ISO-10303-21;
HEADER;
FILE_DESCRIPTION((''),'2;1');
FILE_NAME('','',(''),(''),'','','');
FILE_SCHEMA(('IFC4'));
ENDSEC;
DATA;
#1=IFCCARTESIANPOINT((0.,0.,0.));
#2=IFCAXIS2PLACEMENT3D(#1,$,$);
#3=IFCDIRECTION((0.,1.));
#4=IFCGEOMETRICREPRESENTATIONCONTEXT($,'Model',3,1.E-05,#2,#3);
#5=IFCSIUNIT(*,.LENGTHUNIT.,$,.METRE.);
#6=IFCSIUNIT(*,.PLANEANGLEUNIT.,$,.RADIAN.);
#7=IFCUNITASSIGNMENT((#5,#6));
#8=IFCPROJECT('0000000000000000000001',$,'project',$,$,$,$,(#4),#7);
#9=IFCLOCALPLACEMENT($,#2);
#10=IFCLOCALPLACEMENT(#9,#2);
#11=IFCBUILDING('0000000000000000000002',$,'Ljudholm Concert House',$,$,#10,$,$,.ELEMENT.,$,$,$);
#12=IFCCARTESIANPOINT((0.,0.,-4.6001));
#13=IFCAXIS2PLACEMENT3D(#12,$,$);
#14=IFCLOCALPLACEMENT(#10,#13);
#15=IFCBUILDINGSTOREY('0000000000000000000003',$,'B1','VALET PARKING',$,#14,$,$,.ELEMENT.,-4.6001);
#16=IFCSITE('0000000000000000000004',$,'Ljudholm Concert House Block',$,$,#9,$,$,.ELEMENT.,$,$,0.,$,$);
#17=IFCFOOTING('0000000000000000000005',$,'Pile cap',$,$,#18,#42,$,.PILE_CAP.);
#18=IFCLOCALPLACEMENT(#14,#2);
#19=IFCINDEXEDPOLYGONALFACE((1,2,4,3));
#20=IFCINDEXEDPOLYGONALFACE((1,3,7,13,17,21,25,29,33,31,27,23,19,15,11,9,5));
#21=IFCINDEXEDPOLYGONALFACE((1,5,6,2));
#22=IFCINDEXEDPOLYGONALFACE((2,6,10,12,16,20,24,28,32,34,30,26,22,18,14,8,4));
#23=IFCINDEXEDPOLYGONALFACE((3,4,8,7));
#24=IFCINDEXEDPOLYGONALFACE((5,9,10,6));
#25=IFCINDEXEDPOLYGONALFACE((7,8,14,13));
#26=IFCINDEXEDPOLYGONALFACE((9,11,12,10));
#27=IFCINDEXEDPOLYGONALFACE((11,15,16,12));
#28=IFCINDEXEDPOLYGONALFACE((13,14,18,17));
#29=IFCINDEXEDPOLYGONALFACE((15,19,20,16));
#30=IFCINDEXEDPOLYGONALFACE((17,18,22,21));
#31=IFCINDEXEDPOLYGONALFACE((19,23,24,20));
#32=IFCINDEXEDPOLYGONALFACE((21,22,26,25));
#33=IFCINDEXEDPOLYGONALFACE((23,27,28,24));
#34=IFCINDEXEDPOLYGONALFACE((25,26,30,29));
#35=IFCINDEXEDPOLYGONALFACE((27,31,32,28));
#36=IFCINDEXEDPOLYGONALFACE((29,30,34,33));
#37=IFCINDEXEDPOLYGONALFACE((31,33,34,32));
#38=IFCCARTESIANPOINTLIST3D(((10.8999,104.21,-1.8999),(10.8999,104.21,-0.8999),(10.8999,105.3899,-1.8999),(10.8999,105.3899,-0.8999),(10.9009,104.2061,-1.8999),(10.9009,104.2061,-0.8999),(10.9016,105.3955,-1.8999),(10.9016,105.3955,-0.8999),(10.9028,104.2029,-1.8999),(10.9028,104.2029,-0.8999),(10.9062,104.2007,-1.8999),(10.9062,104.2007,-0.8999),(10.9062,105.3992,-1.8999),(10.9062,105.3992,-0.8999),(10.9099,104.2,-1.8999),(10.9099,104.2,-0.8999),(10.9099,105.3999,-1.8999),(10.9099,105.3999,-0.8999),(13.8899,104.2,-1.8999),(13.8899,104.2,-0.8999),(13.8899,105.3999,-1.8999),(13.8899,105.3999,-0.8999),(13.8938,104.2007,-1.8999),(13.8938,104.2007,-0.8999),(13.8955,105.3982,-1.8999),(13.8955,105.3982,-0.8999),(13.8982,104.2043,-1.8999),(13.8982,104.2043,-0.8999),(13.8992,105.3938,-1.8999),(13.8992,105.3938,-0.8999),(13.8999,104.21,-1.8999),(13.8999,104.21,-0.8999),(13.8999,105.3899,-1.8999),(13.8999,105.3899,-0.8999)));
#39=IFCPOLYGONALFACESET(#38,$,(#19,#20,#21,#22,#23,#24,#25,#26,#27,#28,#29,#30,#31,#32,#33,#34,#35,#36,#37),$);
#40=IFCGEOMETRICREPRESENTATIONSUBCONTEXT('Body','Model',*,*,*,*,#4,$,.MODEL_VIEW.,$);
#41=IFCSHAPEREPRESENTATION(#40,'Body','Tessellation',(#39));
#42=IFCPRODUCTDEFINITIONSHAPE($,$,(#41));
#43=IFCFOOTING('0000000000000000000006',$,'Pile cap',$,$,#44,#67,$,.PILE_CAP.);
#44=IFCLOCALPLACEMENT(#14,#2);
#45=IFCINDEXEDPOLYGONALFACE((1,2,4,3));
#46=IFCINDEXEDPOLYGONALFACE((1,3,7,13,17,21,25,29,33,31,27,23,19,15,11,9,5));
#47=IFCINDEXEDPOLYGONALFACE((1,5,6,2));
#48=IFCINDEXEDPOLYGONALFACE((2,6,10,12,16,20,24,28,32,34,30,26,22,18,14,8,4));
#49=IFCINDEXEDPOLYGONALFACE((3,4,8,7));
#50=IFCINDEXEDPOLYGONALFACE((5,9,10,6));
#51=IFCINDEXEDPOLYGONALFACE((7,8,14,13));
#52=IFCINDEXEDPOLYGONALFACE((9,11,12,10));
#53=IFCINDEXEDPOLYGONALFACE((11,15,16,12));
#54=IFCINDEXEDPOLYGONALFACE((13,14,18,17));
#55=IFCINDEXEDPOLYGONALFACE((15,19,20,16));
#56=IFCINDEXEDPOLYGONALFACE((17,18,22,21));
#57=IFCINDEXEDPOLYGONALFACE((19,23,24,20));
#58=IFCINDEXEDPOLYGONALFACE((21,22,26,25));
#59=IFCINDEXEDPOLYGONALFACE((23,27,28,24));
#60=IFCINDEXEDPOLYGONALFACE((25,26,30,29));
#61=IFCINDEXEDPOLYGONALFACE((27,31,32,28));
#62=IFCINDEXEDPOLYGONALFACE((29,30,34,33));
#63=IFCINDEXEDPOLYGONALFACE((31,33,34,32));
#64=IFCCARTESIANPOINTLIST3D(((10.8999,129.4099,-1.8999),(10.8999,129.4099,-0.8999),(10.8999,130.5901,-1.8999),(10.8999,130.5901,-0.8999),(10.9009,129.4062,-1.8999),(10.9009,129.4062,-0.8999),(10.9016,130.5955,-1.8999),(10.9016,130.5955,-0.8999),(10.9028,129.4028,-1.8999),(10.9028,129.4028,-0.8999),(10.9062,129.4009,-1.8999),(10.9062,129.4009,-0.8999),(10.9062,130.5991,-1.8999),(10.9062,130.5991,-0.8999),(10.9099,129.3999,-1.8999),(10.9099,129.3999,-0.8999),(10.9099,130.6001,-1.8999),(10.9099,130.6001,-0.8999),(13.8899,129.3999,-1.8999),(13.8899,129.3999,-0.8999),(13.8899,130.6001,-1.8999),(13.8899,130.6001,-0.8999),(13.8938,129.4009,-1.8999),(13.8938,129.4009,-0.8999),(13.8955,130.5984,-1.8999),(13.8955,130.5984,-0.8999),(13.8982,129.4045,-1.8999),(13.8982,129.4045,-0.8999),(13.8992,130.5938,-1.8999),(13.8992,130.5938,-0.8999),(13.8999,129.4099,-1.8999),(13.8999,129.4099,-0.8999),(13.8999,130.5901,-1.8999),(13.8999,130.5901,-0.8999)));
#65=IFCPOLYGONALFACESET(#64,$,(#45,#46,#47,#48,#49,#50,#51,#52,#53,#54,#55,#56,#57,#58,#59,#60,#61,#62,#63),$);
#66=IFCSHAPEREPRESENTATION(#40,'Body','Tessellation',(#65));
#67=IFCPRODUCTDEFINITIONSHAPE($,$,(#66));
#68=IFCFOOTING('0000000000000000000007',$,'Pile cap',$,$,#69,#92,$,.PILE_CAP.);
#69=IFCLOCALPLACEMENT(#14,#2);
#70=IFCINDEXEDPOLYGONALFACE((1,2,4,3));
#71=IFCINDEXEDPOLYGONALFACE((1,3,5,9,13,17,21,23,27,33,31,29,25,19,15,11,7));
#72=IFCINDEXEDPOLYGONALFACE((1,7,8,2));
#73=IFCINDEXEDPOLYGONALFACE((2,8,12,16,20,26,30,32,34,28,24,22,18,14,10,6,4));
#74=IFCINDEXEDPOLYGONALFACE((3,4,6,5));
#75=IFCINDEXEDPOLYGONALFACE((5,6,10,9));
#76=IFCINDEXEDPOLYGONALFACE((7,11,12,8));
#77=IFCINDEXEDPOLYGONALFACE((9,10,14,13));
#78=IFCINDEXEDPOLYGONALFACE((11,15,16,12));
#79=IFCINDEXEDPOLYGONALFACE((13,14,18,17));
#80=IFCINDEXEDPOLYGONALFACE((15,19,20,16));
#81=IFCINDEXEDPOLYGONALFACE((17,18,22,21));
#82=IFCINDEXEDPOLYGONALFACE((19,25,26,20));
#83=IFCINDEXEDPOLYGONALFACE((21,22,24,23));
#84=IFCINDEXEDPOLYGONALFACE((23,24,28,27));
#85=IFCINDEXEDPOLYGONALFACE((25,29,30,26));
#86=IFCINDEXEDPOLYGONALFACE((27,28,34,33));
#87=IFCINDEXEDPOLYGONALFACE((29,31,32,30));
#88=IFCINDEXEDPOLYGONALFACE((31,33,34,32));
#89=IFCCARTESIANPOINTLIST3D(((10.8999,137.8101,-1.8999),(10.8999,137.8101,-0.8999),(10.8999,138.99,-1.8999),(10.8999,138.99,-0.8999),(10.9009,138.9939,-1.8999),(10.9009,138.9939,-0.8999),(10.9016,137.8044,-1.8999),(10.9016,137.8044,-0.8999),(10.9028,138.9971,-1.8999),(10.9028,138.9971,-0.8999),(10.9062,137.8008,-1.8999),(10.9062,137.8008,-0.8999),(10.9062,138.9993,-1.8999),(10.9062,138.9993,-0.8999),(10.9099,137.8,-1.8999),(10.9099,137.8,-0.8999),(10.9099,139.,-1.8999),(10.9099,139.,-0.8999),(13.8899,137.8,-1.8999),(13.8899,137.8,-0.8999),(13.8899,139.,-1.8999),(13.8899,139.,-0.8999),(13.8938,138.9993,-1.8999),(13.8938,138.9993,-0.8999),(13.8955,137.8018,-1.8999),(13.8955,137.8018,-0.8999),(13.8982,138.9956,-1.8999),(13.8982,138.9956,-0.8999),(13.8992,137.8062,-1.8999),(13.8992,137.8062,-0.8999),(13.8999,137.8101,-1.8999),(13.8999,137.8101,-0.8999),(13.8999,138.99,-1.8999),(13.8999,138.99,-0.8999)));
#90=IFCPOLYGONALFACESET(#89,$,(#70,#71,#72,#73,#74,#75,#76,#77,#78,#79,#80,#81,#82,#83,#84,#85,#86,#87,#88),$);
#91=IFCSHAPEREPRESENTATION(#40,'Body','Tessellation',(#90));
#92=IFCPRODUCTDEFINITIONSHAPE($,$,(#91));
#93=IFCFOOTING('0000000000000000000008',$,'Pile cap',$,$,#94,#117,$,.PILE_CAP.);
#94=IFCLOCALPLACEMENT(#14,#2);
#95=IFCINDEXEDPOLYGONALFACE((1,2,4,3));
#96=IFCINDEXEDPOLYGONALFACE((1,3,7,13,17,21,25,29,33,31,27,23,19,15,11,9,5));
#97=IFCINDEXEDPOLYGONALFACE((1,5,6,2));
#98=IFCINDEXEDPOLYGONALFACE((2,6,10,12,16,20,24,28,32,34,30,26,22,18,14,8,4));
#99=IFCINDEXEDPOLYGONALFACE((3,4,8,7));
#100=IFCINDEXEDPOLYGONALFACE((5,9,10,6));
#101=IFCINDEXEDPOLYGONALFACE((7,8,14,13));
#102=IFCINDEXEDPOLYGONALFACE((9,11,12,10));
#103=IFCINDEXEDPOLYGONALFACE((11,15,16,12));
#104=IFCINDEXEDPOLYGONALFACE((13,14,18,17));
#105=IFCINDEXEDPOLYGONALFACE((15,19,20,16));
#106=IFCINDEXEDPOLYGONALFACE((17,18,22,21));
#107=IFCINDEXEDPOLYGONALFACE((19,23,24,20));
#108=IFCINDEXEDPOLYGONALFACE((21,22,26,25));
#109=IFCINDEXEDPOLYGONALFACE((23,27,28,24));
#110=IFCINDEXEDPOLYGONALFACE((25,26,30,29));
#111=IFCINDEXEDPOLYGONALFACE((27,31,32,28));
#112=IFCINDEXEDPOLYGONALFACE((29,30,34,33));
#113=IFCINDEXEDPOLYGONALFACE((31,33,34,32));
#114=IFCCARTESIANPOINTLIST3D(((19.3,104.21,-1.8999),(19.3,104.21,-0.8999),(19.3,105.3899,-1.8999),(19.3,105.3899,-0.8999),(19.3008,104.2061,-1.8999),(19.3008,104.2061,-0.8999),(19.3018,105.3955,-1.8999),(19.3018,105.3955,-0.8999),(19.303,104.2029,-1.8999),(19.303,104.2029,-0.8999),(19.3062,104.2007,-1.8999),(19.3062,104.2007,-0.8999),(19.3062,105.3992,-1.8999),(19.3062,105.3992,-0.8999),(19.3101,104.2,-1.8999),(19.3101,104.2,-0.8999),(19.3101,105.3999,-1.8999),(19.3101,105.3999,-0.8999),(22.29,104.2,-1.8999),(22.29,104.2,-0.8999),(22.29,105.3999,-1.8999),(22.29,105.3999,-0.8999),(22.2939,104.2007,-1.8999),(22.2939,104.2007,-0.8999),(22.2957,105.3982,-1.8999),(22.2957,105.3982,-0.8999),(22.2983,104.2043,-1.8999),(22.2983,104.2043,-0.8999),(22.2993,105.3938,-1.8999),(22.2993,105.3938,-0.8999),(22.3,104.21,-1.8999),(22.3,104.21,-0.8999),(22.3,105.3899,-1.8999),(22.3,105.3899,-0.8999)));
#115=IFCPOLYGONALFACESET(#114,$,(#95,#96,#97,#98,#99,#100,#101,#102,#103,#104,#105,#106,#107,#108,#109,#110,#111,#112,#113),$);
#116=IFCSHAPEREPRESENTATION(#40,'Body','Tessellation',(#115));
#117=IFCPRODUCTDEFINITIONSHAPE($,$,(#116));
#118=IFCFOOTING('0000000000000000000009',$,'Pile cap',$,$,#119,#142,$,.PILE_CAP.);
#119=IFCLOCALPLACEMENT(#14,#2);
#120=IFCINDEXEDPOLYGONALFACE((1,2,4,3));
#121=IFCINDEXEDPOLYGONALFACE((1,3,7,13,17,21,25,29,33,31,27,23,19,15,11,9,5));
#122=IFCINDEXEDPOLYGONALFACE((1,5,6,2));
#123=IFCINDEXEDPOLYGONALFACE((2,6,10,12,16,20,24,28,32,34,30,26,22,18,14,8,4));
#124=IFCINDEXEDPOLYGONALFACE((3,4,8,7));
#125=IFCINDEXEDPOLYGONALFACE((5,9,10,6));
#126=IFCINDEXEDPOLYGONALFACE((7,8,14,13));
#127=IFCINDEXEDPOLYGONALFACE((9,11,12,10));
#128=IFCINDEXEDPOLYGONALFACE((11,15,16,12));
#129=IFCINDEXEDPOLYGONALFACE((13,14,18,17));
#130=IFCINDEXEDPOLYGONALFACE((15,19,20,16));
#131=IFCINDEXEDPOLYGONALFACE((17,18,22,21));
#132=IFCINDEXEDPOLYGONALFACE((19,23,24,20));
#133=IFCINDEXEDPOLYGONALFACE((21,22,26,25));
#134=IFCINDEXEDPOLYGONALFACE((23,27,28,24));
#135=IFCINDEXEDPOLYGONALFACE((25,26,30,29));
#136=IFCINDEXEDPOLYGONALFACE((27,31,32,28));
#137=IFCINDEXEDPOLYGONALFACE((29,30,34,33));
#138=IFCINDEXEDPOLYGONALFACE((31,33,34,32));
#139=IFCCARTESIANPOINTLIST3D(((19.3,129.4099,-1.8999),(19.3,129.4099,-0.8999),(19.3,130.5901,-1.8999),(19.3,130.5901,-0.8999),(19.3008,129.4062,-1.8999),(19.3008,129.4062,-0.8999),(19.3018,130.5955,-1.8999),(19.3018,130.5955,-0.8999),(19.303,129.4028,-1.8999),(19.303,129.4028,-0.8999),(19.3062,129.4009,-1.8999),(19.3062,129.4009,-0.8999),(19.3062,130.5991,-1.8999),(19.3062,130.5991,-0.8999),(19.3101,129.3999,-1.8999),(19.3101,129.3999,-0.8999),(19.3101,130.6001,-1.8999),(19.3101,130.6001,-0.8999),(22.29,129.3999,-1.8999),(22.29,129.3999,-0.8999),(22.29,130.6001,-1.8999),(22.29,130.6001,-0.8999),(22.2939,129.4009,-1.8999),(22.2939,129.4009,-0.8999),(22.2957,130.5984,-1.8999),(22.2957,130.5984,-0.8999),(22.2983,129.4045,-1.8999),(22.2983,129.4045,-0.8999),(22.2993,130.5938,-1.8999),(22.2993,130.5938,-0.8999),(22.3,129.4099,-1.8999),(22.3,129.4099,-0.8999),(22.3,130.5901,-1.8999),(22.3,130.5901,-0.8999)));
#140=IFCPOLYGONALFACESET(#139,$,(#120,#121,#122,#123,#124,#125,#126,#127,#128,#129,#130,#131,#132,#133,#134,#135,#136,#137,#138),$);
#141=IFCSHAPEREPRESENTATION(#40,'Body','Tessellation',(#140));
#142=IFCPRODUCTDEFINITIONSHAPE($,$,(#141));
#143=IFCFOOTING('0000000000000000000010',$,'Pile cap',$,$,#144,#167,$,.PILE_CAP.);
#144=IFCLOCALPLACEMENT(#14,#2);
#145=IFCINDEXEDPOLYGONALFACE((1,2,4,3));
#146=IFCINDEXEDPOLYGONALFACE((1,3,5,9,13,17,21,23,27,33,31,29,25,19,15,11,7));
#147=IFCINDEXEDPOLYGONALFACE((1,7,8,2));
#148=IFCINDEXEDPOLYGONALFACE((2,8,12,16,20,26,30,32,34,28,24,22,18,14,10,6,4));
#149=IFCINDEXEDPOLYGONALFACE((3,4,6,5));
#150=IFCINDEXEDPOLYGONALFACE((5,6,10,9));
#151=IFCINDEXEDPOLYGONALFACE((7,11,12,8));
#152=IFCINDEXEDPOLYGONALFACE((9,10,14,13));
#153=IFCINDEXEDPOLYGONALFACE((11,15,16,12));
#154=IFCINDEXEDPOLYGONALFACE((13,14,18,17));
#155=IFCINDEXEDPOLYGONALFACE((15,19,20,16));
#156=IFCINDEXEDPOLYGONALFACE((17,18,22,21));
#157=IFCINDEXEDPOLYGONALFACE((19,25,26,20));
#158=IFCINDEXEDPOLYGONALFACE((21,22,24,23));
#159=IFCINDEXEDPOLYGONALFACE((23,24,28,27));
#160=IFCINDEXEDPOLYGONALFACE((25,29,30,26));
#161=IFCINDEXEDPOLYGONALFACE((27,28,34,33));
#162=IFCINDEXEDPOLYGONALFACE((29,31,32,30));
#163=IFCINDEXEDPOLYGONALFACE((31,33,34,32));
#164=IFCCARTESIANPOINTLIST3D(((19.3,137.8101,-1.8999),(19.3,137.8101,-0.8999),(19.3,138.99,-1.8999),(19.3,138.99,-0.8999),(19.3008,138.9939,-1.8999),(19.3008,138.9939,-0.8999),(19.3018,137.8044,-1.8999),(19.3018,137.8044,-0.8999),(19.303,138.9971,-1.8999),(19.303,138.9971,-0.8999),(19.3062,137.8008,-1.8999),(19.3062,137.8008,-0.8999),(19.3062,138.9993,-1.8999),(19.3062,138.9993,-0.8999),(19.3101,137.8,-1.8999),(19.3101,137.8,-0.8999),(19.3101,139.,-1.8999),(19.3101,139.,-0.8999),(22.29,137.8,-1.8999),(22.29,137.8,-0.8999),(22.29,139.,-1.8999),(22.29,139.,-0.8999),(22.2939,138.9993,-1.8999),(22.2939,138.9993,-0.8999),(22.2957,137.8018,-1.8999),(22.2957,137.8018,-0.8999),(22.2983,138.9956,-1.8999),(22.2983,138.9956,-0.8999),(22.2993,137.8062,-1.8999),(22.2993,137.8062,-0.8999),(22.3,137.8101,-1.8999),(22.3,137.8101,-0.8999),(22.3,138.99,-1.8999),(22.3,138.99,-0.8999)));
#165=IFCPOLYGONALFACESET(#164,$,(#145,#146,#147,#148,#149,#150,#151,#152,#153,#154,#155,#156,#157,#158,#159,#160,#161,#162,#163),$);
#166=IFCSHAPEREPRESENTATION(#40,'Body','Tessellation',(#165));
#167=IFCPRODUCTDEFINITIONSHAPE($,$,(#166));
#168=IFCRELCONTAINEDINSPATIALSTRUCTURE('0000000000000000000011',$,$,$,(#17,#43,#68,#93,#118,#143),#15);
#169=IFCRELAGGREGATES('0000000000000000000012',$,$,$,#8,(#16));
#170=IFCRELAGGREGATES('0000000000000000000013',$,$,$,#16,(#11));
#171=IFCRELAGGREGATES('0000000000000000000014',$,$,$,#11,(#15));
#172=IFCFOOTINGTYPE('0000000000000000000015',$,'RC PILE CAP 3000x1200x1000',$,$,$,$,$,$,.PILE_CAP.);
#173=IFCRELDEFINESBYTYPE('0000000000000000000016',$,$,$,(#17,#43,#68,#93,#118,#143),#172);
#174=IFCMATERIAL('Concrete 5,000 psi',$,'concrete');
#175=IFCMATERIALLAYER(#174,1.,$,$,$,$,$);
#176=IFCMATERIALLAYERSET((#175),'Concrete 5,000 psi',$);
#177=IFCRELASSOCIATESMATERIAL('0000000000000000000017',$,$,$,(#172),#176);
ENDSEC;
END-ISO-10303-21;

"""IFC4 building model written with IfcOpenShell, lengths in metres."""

from ifc_helpers import new_model, si_unit, direction, frame, origin, place, context, subcontext, project, spatial, polyline, outline, extrude, material, layer, layer_set, type_object, element, save


model = new_model("IFC4")

# Units and contexts
model_context = context("Model", 3, precision=1e-05, world=origin(), true_north=direction((0.0, 1.0)))
body_context = subcontext(model_context, "Body", "Model", "MODEL_VIEW")
ifc_project = project(units=[si_unit("LENGTHUNIT", "METRE"), si_unit("PLANEANGLEUNIT", "RADIAN")], contexts=[model_context])

# Site, building, storey
site_placement = place(None, origin())
site = spatial("IfcSite", under=ifc_project, at=site_placement, Name="Ljudholm Concert House Block", CompositionType="ELEMENT", RefElevation=0.0)
building_placement = place(site_placement, origin())
building = spatial("IfcBuilding", under=site, at=building_placement, Name="Ljudholm Concert House", CompositionType="ELEMENT")
storey_placement = place(building_placement, frame((0.0, 0.0, -4.6001)))
storey = spatial("IfcBuildingStorey", under=building, at=storey_placement, Name="B1", Description="VALET PARKING", CompositionType="ELEMENT", Elevation=-4.6001)

# Footings
ifc_material_1 = material(Name="Concrete 5,000 psi", Category="concrete")
ifc_layer_1 = layer(ifc_material_1, 1.0)
ifc_layer_set_1 = layer_set([ifc_layer_1], Name="Concrete 5,000 psi")
footing_type_1 = type_object("IfcFootingType", Name="RC PILE CAP 3000x1200x1000", PredefinedType="PILE_CAP", material=ifc_layer_set_1)
footing_1_placement = place(storey_placement, frame((0.0, 0.0, -1.8999)))
element("IfcFooting", 1, at=footing_1_placement, inside=storey, type_object=footing_type_1, Name="Pile cap", PredefinedType="PILE_CAP", context=body_context, shape_type="SweptSolid", body=[
    extrude(outline(polyline([(10.9099, 104.2), (13.8899, 104.2), (13.8938, 104.2007), (13.8982, 104.2043), (13.8999, 104.21), (13.8999, 105.3899), (13.8992, 105.3938), (13.8955, 105.3982), (13.8899, 105.3999), (10.9099, 105.3999), (10.9062, 105.3992), (10.9016, 105.3955), (10.8999, 105.3899), (10.8999, 104.21), (10.9009, 104.2061), (10.9028, 104.2029), (10.9062, 104.2007), (10.9099, 104.2)])), origin(), (0.0, 0.0, 1.0), 1.0),
])
footing_2_placement = place(storey_placement, frame((0.0, 0.0, -1.8999)))
element("IfcFooting", 2, at=footing_2_placement, inside=storey, type_object=footing_type_1, Name="Pile cap", PredefinedType="PILE_CAP", context=body_context, shape_type="SweptSolid", body=[
    extrude(outline(polyline([(10.9099, 129.3999), (13.8899, 129.3999), (13.8938, 129.4009), (13.8982, 129.4045), (13.8999, 129.4099), (13.8999, 130.5901), (13.8992, 130.5938), (13.8955, 130.5984), (13.8899, 130.6001), (10.9099, 130.6001), (10.9062, 130.5991), (10.9016, 130.5955), (10.8999, 130.5901), (10.8999, 129.4099), (10.9009, 129.4062), (10.9028, 129.4028), (10.9062, 129.4009), (10.9099, 129.3999)])), origin(), (0.0, 0.0, 1.0), 1.0),
])
footing_3_placement = place(storey_placement, frame((0.0, 0.0, -1.8999)))
element("IfcFooting", 3, at=footing_3_placement, inside=storey, type_object=footing_type_1, Name="Pile cap", PredefinedType="PILE_CAP", context=body_context, shape_type="SweptSolid", body=[
    extrude(outline(polyline([(10.8999, 138.99), (10.8999, 137.8101), (10.9016, 137.8044), (10.9062, 137.8008), (10.9099, 137.8), (13.8899, 137.8), (13.8955, 137.8018), (13.8992, 137.8062), (13.8999, 137.8101), (13.8999, 138.99), (13.8982, 138.9956), (13.8938, 138.9993), (13.8899, 139.0), (10.9099, 139.0), (10.9062, 138.9993), (10.9028, 138.9971), (10.9009, 138.9939), (10.8999, 138.99)])), origin(), (0.0, 0.0, 1.0), 1.0),
])
footing_4_placement = place(storey_placement, frame((0.0, 0.0, -1.8999)))
element("IfcFooting", 4, at=footing_4_placement, inside=storey, type_object=footing_type_1, Name="Pile cap", PredefinedType="PILE_CAP", context=body_context, shape_type="SweptSolid", body=[
    extrude(outline(polyline([(19.3101, 104.2), (22.29, 104.2), (22.2939, 104.2007), (22.2983, 104.2043), (22.3, 104.21), (22.3, 105.3899), (22.2993, 105.3938), (22.2957, 105.3982), (22.29, 105.3999), (19.3101, 105.3999), (19.3062, 105.3992), (19.3018, 105.3955), (19.3, 105.3899), (19.3, 104.21), (19.3008, 104.2061), (19.303, 104.2029), (19.3062, 104.2007), (19.3101, 104.2)])), origin(), (0.0, 0.0, 1.0), 1.0),
])
footing_5_placement = place(storey_placement, frame((0.0, 0.0, -1.8999)))
element("IfcFooting", 5, at=footing_5_placement, inside=storey, type_object=footing_type_1, Name="Pile cap", PredefinedType="PILE_CAP", context=body_context, shape_type="SweptSolid", body=[
    extrude(outline(polyline([(19.3101, 129.3999), (22.29, 129.3999), (22.2939, 129.4009), (22.2983, 129.4045), (22.3, 129.4099), (22.3, 130.5901), (22.2993, 130.5938), (22.2957, 130.5984), (22.29, 130.6001), (19.3101, 130.6001), (19.3062, 130.5991), (19.3018, 130.5955), (19.3, 130.5901), (19.3, 129.4099), (19.3008, 129.4062), (19.303, 129.4028), (19.3062, 129.4009), (19.3101, 129.3999)])), origin(), (0.0, 0.0, 1.0), 1.0),
])
footing_6_placement = place(storey_placement, frame((0.0, 0.0, -1.8999)))
element("IfcFooting", 6, at=footing_6_placement, inside=storey, type_object=footing_type_1, Name="Pile cap", PredefinedType="PILE_CAP", context=body_context, shape_type="SweptSolid", body=[
    extrude(outline(polyline([(19.3, 138.99), (19.3, 137.8101), (19.3018, 137.8044), (19.3062, 137.8008), (19.3101, 137.8), (22.29, 137.8), (22.2957, 137.8018), (22.2993, 137.8062), (22.3, 137.8101), (22.3, 138.99), (22.2983, 138.9956), (22.2939, 138.9993), (22.29, 139.0), (19.3101, 139.0), (19.3062, 138.9993), (19.303, 138.9971), (19.3008, 138.9939), (19.3, 138.99)])), origin(), (0.0, 0.0, 1.0), 1.0),
])

save(model, "model.ifc")
